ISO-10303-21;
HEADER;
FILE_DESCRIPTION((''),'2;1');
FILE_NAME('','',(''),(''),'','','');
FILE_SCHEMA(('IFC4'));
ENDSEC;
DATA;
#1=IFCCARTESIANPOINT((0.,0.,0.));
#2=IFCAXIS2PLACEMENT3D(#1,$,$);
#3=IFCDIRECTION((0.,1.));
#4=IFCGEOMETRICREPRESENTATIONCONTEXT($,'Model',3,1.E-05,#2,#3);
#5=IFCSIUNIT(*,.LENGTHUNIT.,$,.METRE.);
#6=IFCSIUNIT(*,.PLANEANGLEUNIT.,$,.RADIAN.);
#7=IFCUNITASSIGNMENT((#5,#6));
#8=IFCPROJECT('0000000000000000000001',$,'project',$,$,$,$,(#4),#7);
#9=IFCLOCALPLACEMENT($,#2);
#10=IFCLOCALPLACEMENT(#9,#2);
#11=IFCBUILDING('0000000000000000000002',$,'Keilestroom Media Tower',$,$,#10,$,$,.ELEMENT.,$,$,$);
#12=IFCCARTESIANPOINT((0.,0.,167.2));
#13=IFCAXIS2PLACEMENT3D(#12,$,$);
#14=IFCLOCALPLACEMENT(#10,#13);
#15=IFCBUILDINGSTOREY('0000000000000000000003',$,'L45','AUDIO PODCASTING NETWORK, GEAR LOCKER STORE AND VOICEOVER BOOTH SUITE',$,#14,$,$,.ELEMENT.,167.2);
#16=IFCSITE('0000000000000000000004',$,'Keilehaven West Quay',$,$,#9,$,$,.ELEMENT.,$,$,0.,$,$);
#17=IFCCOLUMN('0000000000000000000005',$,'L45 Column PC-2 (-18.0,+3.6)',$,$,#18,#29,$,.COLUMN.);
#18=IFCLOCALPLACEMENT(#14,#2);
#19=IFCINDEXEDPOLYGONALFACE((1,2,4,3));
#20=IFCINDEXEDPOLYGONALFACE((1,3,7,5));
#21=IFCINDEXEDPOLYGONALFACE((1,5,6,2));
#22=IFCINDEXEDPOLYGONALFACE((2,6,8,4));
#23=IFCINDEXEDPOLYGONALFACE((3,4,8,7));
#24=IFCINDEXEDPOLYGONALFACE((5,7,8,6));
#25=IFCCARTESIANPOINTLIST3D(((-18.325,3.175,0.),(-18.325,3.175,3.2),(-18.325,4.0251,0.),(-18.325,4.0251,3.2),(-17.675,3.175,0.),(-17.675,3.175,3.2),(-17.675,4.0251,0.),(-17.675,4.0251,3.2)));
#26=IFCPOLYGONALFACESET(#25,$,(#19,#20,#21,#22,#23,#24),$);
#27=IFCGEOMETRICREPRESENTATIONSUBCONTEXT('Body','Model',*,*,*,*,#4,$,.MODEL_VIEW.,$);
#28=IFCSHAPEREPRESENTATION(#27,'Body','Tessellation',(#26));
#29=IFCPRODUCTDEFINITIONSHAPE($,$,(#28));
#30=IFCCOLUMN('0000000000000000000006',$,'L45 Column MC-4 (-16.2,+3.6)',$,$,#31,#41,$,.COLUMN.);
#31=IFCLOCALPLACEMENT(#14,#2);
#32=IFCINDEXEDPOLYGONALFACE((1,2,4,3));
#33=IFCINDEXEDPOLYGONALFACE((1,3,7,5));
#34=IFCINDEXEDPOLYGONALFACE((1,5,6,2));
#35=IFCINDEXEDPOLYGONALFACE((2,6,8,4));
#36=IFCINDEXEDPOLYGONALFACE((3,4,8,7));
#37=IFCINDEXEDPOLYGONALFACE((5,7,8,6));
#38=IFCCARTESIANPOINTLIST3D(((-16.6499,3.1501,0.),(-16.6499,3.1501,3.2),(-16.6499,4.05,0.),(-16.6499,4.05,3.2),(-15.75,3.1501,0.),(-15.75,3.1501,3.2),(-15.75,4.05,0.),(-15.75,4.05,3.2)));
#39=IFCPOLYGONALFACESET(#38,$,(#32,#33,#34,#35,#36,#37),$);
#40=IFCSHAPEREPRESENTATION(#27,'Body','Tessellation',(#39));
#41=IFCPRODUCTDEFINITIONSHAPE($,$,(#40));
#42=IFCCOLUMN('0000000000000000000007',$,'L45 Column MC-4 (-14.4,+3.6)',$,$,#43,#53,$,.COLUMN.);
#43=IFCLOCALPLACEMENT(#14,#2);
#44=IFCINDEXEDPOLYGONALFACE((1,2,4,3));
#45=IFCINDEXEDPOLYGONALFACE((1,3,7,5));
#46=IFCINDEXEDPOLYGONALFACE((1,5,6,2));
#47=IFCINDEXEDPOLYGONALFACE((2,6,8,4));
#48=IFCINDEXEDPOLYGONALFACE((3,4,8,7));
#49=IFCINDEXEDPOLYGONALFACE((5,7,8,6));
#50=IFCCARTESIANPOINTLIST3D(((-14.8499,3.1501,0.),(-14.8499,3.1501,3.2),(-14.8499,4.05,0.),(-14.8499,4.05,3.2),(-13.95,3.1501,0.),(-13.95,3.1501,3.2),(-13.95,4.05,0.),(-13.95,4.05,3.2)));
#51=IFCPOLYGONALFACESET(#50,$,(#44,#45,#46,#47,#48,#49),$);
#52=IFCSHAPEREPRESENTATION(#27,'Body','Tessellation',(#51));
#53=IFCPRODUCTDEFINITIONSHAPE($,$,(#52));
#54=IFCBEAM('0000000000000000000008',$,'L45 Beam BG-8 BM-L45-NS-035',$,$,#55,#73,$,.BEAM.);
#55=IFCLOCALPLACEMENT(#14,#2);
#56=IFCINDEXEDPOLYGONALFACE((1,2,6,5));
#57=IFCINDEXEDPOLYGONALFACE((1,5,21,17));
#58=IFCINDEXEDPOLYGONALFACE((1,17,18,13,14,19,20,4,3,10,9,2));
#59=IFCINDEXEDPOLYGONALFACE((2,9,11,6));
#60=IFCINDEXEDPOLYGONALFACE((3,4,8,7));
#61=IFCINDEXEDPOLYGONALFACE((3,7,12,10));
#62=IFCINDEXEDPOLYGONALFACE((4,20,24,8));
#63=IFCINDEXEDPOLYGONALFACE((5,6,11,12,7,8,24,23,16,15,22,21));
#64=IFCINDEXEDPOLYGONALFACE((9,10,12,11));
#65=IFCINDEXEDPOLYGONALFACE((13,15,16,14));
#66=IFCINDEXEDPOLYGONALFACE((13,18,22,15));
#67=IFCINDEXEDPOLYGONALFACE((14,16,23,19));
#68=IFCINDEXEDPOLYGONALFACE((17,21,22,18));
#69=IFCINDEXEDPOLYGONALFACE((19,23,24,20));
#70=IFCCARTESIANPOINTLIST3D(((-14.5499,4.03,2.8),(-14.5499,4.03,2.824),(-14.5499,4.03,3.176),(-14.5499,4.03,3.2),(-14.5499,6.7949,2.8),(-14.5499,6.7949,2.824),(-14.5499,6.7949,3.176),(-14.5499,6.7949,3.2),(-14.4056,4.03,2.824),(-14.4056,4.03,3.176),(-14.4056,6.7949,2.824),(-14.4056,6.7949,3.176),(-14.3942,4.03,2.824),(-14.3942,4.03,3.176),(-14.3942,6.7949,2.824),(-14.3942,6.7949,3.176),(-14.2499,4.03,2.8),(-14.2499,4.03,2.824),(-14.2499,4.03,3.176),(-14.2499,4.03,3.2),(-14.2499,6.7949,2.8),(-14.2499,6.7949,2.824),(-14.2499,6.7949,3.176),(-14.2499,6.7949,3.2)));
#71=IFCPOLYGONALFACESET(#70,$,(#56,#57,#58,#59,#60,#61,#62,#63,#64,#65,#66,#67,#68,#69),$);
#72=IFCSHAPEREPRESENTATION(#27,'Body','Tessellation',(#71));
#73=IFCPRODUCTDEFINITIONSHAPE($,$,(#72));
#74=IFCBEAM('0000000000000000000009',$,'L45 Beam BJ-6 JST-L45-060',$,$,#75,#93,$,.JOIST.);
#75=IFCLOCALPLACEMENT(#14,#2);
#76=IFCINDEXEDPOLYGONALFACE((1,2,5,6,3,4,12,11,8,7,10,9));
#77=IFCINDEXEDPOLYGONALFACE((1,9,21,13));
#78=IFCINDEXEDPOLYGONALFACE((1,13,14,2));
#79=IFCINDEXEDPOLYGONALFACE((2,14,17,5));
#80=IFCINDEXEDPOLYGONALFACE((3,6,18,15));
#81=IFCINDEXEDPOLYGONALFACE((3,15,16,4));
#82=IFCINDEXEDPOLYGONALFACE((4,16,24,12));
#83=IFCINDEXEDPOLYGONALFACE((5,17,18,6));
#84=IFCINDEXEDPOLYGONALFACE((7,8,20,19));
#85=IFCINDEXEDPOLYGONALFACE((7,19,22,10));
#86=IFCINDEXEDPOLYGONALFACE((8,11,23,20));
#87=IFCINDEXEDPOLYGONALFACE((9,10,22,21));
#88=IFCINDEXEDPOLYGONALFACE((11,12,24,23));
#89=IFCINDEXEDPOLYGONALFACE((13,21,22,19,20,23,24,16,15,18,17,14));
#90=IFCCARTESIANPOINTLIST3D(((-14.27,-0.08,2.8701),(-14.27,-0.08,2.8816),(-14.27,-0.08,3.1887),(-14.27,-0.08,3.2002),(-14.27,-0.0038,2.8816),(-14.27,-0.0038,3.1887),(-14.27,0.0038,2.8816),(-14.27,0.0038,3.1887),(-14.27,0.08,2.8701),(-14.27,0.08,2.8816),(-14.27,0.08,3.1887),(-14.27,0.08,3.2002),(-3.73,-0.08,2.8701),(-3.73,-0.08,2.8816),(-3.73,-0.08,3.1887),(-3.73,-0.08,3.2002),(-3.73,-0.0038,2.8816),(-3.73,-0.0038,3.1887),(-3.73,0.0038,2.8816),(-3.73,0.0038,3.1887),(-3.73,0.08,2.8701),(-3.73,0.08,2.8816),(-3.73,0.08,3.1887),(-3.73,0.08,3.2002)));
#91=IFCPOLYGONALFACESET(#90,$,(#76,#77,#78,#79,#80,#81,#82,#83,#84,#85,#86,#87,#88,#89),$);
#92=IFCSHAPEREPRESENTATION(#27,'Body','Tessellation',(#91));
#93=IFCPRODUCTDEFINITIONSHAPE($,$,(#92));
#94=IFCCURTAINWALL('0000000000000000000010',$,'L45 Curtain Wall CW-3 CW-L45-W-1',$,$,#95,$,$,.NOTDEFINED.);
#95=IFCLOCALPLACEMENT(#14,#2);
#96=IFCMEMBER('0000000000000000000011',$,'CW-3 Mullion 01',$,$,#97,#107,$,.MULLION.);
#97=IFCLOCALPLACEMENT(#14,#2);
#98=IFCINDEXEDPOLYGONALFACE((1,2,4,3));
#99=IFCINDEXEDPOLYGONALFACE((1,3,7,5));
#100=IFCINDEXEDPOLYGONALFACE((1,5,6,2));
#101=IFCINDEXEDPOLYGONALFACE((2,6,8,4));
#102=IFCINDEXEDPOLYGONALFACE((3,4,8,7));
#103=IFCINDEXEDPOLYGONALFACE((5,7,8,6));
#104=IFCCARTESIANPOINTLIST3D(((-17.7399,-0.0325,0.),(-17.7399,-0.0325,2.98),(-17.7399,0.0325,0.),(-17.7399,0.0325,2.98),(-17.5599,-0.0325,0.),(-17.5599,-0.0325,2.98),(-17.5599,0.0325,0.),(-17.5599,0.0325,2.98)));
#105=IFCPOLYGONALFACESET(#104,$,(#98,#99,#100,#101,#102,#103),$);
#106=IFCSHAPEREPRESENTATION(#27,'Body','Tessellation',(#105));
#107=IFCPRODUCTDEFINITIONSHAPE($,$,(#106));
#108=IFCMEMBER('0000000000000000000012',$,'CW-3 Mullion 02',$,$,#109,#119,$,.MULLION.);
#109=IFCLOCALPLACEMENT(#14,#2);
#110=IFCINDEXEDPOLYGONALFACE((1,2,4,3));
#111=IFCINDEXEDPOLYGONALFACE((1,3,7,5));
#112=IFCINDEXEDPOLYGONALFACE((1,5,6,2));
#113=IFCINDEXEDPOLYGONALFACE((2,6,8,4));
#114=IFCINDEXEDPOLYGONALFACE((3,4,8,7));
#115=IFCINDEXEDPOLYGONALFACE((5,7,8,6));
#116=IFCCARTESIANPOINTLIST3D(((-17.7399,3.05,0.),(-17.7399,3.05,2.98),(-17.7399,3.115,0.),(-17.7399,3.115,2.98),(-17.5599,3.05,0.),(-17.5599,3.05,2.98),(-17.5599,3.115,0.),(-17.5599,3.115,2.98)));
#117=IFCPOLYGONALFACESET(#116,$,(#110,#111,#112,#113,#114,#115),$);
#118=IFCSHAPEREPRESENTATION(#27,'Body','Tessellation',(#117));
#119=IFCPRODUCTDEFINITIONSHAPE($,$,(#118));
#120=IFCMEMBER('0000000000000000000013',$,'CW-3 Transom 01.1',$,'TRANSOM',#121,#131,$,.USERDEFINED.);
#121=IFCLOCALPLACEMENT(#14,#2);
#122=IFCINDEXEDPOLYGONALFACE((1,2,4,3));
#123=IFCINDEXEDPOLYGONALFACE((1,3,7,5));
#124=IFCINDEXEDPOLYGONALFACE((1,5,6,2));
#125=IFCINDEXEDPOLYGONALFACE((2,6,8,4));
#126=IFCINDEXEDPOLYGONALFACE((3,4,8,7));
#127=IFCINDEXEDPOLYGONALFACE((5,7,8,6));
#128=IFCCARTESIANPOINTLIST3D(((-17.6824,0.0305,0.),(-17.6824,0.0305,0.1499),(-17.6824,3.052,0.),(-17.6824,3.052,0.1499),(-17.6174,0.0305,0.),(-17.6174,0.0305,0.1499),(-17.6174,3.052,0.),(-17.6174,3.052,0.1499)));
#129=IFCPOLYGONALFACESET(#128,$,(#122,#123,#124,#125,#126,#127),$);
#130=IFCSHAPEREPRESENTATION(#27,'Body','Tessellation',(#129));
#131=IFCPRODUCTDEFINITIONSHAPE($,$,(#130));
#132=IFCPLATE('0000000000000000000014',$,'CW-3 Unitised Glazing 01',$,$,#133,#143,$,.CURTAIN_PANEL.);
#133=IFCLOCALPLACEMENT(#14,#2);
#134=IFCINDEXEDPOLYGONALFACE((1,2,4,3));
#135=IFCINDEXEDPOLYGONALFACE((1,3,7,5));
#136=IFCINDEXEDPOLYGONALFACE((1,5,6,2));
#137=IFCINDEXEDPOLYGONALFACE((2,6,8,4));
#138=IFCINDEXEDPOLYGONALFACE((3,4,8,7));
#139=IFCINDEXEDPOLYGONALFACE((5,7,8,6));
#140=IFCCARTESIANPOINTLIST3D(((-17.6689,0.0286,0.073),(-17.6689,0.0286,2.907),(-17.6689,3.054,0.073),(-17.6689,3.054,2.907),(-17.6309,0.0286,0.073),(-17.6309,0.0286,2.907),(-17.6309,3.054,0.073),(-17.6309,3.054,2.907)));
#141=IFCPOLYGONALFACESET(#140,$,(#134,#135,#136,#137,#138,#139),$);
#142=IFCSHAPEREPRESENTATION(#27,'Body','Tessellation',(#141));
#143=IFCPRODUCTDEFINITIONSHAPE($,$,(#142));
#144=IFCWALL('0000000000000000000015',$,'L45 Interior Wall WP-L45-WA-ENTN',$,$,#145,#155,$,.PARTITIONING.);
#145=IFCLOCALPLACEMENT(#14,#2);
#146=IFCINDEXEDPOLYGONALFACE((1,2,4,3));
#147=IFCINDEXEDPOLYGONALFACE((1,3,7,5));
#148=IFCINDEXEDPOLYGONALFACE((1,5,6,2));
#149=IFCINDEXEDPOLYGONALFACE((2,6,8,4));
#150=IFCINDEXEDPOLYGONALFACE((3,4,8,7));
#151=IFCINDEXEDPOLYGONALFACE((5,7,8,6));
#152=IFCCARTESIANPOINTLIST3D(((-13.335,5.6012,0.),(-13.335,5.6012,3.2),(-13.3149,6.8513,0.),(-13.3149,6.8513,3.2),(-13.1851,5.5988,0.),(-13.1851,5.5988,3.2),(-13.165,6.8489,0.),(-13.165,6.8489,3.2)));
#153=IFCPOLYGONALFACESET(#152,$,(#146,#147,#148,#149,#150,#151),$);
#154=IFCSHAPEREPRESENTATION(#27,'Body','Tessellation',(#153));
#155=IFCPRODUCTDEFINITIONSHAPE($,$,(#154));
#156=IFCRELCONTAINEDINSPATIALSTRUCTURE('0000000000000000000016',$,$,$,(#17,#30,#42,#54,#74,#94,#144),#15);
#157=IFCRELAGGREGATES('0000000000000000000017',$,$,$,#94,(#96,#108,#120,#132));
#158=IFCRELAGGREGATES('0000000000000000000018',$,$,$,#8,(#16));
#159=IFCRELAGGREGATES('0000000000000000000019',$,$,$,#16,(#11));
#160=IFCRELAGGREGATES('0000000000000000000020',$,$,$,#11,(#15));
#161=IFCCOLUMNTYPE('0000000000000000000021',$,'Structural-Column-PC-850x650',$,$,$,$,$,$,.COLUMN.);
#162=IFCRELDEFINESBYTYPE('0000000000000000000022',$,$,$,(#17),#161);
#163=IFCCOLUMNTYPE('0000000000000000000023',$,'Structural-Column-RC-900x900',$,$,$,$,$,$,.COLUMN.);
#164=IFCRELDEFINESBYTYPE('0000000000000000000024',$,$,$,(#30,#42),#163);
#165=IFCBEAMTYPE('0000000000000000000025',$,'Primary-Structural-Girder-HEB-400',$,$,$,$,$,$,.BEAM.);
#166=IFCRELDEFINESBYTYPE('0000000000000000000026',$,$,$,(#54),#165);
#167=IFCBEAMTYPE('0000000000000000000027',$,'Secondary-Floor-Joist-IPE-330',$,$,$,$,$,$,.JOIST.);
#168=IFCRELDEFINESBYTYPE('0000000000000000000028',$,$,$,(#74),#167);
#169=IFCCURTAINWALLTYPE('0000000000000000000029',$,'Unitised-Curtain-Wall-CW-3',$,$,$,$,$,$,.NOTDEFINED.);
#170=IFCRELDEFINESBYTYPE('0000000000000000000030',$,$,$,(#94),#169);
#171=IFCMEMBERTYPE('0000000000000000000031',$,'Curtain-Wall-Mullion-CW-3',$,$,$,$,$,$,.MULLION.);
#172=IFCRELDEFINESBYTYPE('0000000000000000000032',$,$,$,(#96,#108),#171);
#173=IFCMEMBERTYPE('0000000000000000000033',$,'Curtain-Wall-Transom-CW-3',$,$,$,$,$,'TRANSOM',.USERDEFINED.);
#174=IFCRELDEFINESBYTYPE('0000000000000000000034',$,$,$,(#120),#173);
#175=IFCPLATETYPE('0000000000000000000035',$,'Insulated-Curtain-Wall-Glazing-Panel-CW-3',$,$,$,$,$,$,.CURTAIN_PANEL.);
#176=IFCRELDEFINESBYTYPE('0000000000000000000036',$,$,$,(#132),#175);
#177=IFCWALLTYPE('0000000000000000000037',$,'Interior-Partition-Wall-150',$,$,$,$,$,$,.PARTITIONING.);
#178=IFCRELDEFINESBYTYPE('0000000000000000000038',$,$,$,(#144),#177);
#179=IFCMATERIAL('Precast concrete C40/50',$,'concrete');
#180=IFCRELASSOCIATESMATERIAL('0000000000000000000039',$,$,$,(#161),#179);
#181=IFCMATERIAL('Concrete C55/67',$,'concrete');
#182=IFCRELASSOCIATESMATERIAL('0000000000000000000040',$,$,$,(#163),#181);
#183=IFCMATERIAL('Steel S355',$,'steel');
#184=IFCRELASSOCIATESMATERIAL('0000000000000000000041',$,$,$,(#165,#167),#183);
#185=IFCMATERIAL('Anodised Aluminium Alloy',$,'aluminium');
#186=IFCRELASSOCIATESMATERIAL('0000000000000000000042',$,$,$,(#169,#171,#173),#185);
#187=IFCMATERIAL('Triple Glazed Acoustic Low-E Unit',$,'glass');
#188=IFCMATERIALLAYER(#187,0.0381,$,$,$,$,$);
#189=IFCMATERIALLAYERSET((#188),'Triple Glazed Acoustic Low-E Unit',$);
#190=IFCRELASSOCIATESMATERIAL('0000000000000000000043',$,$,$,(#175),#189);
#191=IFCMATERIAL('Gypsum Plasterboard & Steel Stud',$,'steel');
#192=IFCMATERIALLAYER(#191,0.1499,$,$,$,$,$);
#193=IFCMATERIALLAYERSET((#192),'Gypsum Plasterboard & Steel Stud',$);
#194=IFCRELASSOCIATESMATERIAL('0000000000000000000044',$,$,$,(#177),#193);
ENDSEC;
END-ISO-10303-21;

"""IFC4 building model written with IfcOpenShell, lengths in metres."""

from ifc_helpers import new_model, si_unit, direction, frame, frame_2d, origin, origin_2d, place, context, subcontext, project, spatial, rectangle, i_section, extrude, source, transform, mapped, material, layer, layer_set, material_profile, profile_set, type_object, element, aggregate, save


model = new_model("IFC4")

# Units and contexts
model_context = context("Model", 3, precision=1e-05, world=origin(), true_north=direction((0.0, 1.0)))
body_context = subcontext(model_context, "Body", "Model", "MODEL_VIEW")
ifc_project = project(units=[si_unit("LENGTHUNIT", "METRE"), si_unit("PLANEANGLEUNIT", "RADIAN")], contexts=[model_context])

# Site, building, storey
site_placement = place(None, origin())
site = spatial("IfcSite", under=ifc_project, at=site_placement, Name="Keilehaven West Quay", CompositionType="ELEMENT", RefElevation=0.0)
building_placement = place(site_placement, origin())
building = spatial("IfcBuilding", under=site, at=building_placement, Name="Keilestroom Media Tower", CompositionType="ELEMENT")
storey_placement = place(building_placement, frame((0.0, 0.0, 167.2)))
storey = spatial("IfcBuildingStorey", under=building, at=storey_placement, Name="L45", Description="AUDIO PODCASTING NETWORK, GEAR LOCKER STORE AND VOICEOVER BOOTH SUITE", CompositionType="ELEMENT", Elevation=167.2)

# Columns
ifc_material_1 = material(Name="Precast concrete C40/50", Category="concrete")
ifc_material_profile_1 = material_profile(ifc_material_1, rectangle(XDim=0.6499, YDim=0.8501, at=origin_2d()), Name="PC 850x650")
ifc_profile_set_1 = profile_set([ifc_material_profile_1], Name="Precast concrete C40/50")
column_type_1 = type_object("IfcColumnType", Name="Structural-Column-PC-850x650", PredefinedType="COLUMN", material=ifc_profile_set_1)
shared_shape_1 = source(origin(), body_context, "Body", "SweptSolid", [
    extrude(rectangle(XDim=0.6499, YDim=0.8501, at=origin_2d()), origin(), (0.0, 0.0, 1.0), 3.2),
])
column_placement = place(storey_placement, frame((-18.0, 3.6001, 0.0), z_axis=(0.0, 0.0, 1.0), x_axis=(1.0, 0.0, 0.0)))
element("IfcColumn", 1, at=column_placement, inside=storey, type_object=column_type_1, Name="L45 Column PC-2 (-18.0,+3.6)", PredefinedType="COLUMN", context=body_context, shape_type="MappedRepresentation", body=[
    mapped(shared_shape_1, transform((0.0, 0.0, 0.0), x_axis=(1.0, 0.0, 0.0), y_axis=(0.0, 1.0, 0.0), z_axis=(0.0, 0.0, 1.0), scale=1.0)),
])
ifc_material_2 = material(Name="Concrete C55/67", Category="concrete")
ifc_material_profile_2 = material_profile(ifc_material_2, rectangle(XDim=0.8999, YDim=0.8999, at=origin_2d()), Name="RC 900x900")
ifc_profile_set_2 = profile_set([ifc_material_profile_2], Name="Concrete C55/67")
column_type_2 = type_object("IfcColumnType", Name="Structural-Column-RC-900x900", PredefinedType="COLUMN", material=ifc_profile_set_2)
shared_shape_2 = source(origin(), body_context, "Body", "SweptSolid", [
    extrude(rectangle(XDim=0.8999, YDim=0.8999, at=origin_2d()), origin(), (0.0, 0.0, 1.0), 3.2),
])
for number, where, z_axis, x_axis, name in (
    (2, (-16.2, 3.6001, 0.0), (0.0, 0.0, 1.0), (1.0, 0.0, 0.0), "L45 Column MC-4 (-16.2,+3.6)"),
    (3, (-14.3999, 3.6001, 0.0), (0.0, 0.0, 1.0), (1.0, 0.0, 0.0), "L45 Column MC-4 (-14.4,+3.6)"),
):
    element("IfcColumn", number, at=place(storey_placement, frame(where, z_axis=z_axis, x_axis=x_axis)), inside=storey, type_object=column_type_2, Name=name, PredefinedType="COLUMN", context=body_context, shape_type="MappedRepresentation", body=[
        mapped(shared_shape_2, transform((0.0, 0.0, 0.0), x_axis=(1.0, 0.0, 0.0), y_axis=(0.0, 1.0, 0.0), z_axis=(0.0, 0.0, 1.0), scale=1.0)),
    ])

# Beams
ifc_material_3 = material(Name="Steel S355", Category="steel")
ifc_material_profile_3 = material_profile(ifc_material_3, i_section(OverallWidth=0.3, OverallDepth=0.3999, WebThickness=0.0115, FlangeThickness=0.0239, at=origin_2d()), Name="HEB 400")
ifc_profile_set_3 = profile_set([ifc_material_profile_3], Name="Steel S355")
beam_type_1 = type_object("IfcBeamType", Name="Primary-Structural-Girder-HEB-400", PredefinedType="BEAM", material=ifc_profile_set_3)
shared_shape_3 = source(origin(), body_context, "Body", "SweptSolid", [
    extrude(i_section(OverallWidth=0.3, OverallDepth=0.3999, WebThickness=0.0115, FlangeThickness=0.0239, at=origin_2d()), origin(), (0.0, 0.0, 1.0), 2.7649),
])
beam_1_placement = place(storey_placement, frame((-14.3999, 4.03, 3.0), z_axis=(0.0, 1.0, 0.0), x_axis=(-1.0, 0.0, 0.0)))
element("IfcBeam", 4, at=beam_1_placement, inside=storey, type_object=beam_type_1, Name="L45 Beam BG-8 BM-L45-NS-035", PredefinedType="BEAM", context=body_context, shape_type="MappedRepresentation", body=[
    mapped(shared_shape_3, transform((0.0, 0.0, 0.0), x_axis=(1.0, 0.0, 0.0), y_axis=(0.0, 1.0, 0.0), z_axis=(0.0, 0.0, 1.0), scale=1.0)),
])
ifc_material_profile_4 = material_profile(ifc_material_3, i_section(OverallWidth=0.1599, OverallDepth=0.3301, WebThickness=0.0076, FlangeThickness=0.0115, at=origin_2d()), Name="IPE 330")
ifc_profile_set_4 = profile_set([ifc_material_profile_4], Name="Steel S355")
beam_type_2 = type_object("IfcBeamType", Name="Secondary-Floor-Joist-IPE-330", PredefinedType="JOIST", material=ifc_profile_set_4)
shared_shape_4 = source(origin(), body_context, "Body", "SweptSolid", [
    extrude(i_section(OverallWidth=0.1599, OverallDepth=0.3301, WebThickness=0.0076, FlangeThickness=0.0115, at=origin_2d()), origin(), (0.0, 0.0, 1.0), 10.54),
])
beam_2_placement = place(storey_placement, frame((-14.27, 0.0, 3.0352), z_axis=(1.0, 0.0, 0.0), x_axis=(0.0, 1.0, 0.0)))
element("IfcBeam", 5, at=beam_2_placement, inside=storey, type_object=beam_type_2, Name="L45 Beam BJ-6 JST-L45-060", PredefinedType="JOIST", context=body_context, shape_type="MappedRepresentation", body=[
    mapped(shared_shape_4, transform((0.0, 0.0, 0.0), x_axis=(1.0, 0.0, 0.0), y_axis=(0.0, 1.0, 0.0), z_axis=(0.0, 0.0, 1.0), scale=1.0)),
])

# Curtain wall, members, plate
ifc_material_4 = material(Name="Anodised Aluminium Alloy", Category="aluminium")
curtain_wall_type = type_object("IfcCurtainWallType", Name="Unitised-Curtain-Wall-CW-3", PredefinedType="NOTDEFINED", material=ifc_material_4)
curtain_wall_placement = place(storey_placement, origin())
curtain_wall = element("IfcCurtainWall", 6, at=curtain_wall_placement, inside=storey, type_object=curtain_wall_type, Name="L45 Curtain Wall CW-3 CW-L45-W-1", PredefinedType="NOTDEFINED")
ifc_material_profile_5 = material_profile(ifc_material_4, rectangle(XDim=0.0649, YDim=0.1799, at=origin_2d()), Name="ALU MULLION 65x180")
ifc_profile_set_5 = profile_set([ifc_material_profile_5], Name="Anodised Aluminium Alloy")
member_type_1 = type_object("IfcMemberType", Name="Curtain-Wall-Mullion-CW-3", PredefinedType="MULLION", material=ifc_profile_set_5)
shared_shape_5 = source(origin(), body_context, "Body", "SweptSolid", [
    extrude(rectangle(XDim=0.0649, YDim=0.1799, at=origin_2d()), origin(), (0.0, 0.0, 1.0), 2.98),
])
member_1_placement = place(storey_placement, frame((-17.6499, 0.0, 0.0), z_axis=(0.0, 0.0, 1.0), x_axis=(0.0, 1.0, 0.0)))
member_1 = element("IfcMember", 7, at=member_1_placement, type_object=member_type_1, Name="CW-3 Mullion 01", PredefinedType="MULLION", context=body_context, shape_type="MappedRepresentation", body=[
    mapped(shared_shape_5, transform((0.0, 0.0, 0.0), x_axis=(1.0, 0.0, 0.0), y_axis=(0.0, 1.0, 0.0), z_axis=(0.0, 0.0, 1.0), scale=1.0)),
])
member_2_placement = place(storey_placement, frame((-17.6499, 3.0825, 0.0), z_axis=(0.0, 0.0, 1.0), x_axis=(0.0, 1.0, 0.0)))
member_2 = element("IfcMember", 8, at=member_2_placement, type_object=member_type_1, Name="CW-3 Mullion 02", PredefinedType="MULLION", context=body_context, shape_type="MappedRepresentation", body=[
    mapped(shared_shape_5, transform((0.0, 0.0, 0.0), x_axis=(1.0, 0.0, 0.0), y_axis=(0.0, 1.0, 0.0), z_axis=(0.0, 0.0, 1.0), scale=1.0)),
])
ifc_material_profile_6 = material_profile(ifc_material_4, rectangle(XDim=0.0649, YDim=0.1499, at=origin_2d()), Name="ALU TRANSOM 65x150")
ifc_profile_set_6 = profile_set([ifc_material_profile_6], Name="Anodised Aluminium Alloy")
member_type_2 = type_object("IfcMemberType", Name="Curtain-Wall-Transom-CW-3", ElementType="TRANSOM", PredefinedType="USERDEFINED", material=ifc_profile_set_6)
shared_shape_6 = source(origin(), body_context, "Body", "SweptSolid", [
    extrude(rectangle(XDim=0.0649, YDim=0.1499, at=origin_2d()), origin(), (0.0, 0.0, 1.0), 3.0215),
])
member_3_placement = place(storey_placement, frame((-17.6499, 0.0305, 0.075), z_axis=(0.0, 1.0, 0.0), x_axis=(-1.0, 0.0, 0.0)))
member_3 = element("IfcMember", 9, at=member_3_placement, type_object=member_type_2, Name="CW-3 Transom 01.1", ObjectType="TRANSOM", PredefinedType="USERDEFINED", context=body_context, shape_type="MappedRepresentation", body=[
    mapped(shared_shape_6, transform((0.0, 0.0, 0.0), x_axis=(1.0, 0.0, 0.0), y_axis=(0.0, 1.0, 0.0), z_axis=(0.0, 0.0, 1.0), scale=1.0)),
])
ifc_material_5 = material(Name="Triple Glazed Acoustic Low-E Unit", Category="glass")
ifc_layer_1 = layer(ifc_material_5, 0.0381)
ifc_layer_set_1 = layer_set([ifc_layer_1], Name="Triple Glazed Acoustic Low-E Unit")
plate_type = type_object("IfcPlateType", Name="Insulated-Curtain-Wall-Glazing-Panel-CW-3", PredefinedType="CURTAIN_PANEL", material=ifc_layer_set_1)
shared_shape_7 = source(origin(), body_context, "Body", "SweptSolid", [
    extrude(rectangle(XDim=3.0254, YDim=0.0381, at=origin_2d()), origin(), (0.0, 0.0, 1.0), 2.834),
])
plate_placement = place(storey_placement, frame((-17.6499, 1.5413, 0.073), z_axis=(0.0, 0.0, 1.0), x_axis=(0.0, 1.0, 0.0)))
plate = element("IfcPlate", 10, at=plate_placement, type_object=plate_type, Name="CW-3 Unitised Glazing 01", PredefinedType="CURTAIN_PANEL", context=body_context, shape_type="MappedRepresentation", body=[
    mapped(shared_shape_7, transform((0.0, 0.0, 0.0), x_axis=(1.0, 0.0, 0.0), y_axis=(0.0, 1.0, 0.0), z_axis=(0.0, 0.0, 1.0), scale=1.0)),
])
aggregate(curtain_wall, [member_1, member_2, member_3, plate])

# Wall
ifc_material_6 = material(Name="Gypsum Plasterboard & Steel Stud", Category="steel")
ifc_layer_2 = layer(ifc_material_6, 0.1499)
ifc_layer_set_2 = layer_set([ifc_layer_2], Name="Gypsum Plasterboard & Steel Stud")
wall_type_1 = type_object("IfcWallType", Name="Interior-Partition-Wall-150", PredefinedType="PARTITIONING", material=ifc_layer_set_2)
wall_1_placement = place(storey_placement, frame((-13.26, 5.6001, 0.0), z_axis=(0.0, 0.0, 1.0), x_axis=(0.016014, 0.999872, 0.0)))
element("IfcWall", 11, at=wall_1_placement, inside=storey, type_object=wall_type_1, Name="L45 Interior Wall WP-L45-WA-ENTN", PredefinedType="PARTITIONING", context=body_context, shape_type="SweptSolid", body=[
    extrude(rectangle(XDim=1.2502, YDim=0.1499, at=frame_2d((0.625, 0.0))), origin(), (0.0, 0.0, 1.0), 3.2),
])

save(model, "model.ifc")
